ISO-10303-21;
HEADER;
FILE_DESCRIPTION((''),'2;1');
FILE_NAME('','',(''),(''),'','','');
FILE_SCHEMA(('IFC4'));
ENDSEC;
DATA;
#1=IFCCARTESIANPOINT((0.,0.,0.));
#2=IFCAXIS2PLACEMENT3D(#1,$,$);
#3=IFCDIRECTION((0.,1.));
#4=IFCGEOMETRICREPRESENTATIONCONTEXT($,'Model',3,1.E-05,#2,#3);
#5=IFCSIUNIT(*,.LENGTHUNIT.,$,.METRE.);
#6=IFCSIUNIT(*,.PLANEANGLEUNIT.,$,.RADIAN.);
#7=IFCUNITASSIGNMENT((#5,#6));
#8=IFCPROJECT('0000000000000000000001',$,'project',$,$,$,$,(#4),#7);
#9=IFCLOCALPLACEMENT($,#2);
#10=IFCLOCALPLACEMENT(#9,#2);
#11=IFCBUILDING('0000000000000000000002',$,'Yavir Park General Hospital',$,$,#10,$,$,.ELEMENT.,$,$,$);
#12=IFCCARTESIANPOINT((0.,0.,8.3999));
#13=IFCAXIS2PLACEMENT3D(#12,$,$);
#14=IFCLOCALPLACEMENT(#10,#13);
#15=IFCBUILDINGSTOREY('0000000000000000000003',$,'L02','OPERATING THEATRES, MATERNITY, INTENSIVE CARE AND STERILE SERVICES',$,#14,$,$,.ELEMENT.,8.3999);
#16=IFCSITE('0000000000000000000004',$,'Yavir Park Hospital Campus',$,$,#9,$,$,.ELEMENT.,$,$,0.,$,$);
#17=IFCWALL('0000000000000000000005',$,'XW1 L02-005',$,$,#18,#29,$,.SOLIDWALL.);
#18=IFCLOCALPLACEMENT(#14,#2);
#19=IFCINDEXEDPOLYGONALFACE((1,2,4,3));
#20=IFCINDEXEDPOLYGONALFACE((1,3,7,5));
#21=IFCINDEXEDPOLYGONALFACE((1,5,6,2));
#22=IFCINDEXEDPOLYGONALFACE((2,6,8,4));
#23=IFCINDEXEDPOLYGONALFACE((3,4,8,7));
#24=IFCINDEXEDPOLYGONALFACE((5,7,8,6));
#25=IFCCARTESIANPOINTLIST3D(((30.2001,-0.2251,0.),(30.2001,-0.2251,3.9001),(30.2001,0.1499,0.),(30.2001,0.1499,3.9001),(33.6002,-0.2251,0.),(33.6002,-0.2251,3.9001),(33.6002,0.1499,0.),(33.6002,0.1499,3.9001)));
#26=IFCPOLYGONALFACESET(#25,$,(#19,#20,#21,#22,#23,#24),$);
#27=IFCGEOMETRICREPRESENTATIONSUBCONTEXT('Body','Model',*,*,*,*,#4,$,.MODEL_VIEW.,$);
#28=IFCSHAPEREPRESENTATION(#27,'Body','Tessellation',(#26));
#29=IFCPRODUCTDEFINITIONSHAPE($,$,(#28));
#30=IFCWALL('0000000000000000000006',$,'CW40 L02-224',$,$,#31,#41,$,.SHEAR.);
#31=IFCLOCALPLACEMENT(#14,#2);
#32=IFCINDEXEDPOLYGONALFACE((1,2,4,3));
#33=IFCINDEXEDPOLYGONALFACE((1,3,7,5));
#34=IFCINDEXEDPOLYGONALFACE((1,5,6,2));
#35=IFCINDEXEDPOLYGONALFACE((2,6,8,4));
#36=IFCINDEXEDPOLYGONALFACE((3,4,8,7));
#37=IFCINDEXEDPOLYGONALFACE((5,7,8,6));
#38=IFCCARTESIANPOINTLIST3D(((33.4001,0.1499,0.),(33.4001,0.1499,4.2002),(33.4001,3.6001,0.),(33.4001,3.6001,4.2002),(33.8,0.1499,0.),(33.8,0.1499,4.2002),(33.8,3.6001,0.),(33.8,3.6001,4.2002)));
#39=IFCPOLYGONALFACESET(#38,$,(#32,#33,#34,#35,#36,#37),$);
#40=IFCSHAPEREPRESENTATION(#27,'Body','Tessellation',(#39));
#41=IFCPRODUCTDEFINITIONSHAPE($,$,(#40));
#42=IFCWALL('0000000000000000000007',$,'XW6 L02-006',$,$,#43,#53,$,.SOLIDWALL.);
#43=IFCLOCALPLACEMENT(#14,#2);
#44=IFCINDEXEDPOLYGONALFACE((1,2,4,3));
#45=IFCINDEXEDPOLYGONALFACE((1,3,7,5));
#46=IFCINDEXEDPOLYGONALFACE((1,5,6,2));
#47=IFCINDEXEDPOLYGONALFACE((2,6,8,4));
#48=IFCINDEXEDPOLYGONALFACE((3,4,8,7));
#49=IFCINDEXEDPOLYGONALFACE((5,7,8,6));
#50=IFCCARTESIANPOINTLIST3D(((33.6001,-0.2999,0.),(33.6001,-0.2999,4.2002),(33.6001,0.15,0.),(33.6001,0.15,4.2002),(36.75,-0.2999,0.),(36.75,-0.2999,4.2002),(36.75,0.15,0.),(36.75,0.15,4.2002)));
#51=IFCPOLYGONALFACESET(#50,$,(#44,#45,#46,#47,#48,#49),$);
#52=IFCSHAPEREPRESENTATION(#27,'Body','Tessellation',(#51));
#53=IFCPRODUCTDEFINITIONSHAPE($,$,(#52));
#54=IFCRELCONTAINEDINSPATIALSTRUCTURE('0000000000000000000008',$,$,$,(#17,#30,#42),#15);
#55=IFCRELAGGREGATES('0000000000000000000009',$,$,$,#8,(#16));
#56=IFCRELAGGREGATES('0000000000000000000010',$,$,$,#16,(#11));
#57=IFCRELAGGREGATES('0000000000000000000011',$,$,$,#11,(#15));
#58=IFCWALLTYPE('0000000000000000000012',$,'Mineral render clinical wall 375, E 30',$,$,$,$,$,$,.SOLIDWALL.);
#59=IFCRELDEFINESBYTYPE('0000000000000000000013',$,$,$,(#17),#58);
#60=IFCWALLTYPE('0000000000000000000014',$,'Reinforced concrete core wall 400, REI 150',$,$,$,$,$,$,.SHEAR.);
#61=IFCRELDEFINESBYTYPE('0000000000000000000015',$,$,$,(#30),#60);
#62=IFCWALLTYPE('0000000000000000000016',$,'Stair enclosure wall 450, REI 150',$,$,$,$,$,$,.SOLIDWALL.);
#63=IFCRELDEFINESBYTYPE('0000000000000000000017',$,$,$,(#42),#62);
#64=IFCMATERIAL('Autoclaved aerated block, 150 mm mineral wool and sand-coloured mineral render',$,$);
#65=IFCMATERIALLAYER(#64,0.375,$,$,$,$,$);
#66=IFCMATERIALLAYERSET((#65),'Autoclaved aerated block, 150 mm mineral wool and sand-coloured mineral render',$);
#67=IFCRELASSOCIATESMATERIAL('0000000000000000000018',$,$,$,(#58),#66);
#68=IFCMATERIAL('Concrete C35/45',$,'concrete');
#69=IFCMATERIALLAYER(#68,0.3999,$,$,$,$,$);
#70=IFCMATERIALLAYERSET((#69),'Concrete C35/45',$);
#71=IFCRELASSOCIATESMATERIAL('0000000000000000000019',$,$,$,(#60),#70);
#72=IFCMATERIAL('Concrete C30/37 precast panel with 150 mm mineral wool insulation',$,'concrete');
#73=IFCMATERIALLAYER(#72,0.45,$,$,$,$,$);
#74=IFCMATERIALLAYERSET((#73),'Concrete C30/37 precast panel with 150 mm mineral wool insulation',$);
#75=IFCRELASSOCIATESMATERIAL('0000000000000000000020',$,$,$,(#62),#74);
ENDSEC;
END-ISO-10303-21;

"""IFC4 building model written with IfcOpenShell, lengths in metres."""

from ifc_helpers import new_model, si_unit, direction, frame, frame_2d, origin, place, context, subcontext, project, spatial, rectangle, extrude, material, layer, layer_set, type_object, element, save


model = new_model("IFC4")

# Units and contexts
model_context = context("Model", 3, precision=1e-05, world=origin(), true_north=direction((0.0, 1.0)))
body_context = subcontext(model_context, "Body", "Model", "MODEL_VIEW")
ifc_project = project(units=[si_unit("LENGTHUNIT", "METRE"), si_unit("PLANEANGLEUNIT", "RADIAN")], contexts=[model_context])

# Site, building, storey
site_placement = place(None, origin())
site = spatial("IfcSite", under=ifc_project, at=site_placement, Name="Yavir Park Hospital Campus", CompositionType="ELEMENT", RefElevation=0.0)
building_placement = place(site_placement, origin())
building = spatial("IfcBuilding", under=site, at=building_placement, Name="Yavir Park General Hospital", CompositionType="ELEMENT")
storey_placement = place(building_placement, frame((0.0, 0.0, 8.3999)))
storey = spatial("IfcBuildingStorey", under=building, at=storey_placement, Name="L02", Description="OPERATING THEATRES, MATERNITY, INTENSIVE CARE AND STERILE SERVICES", CompositionType="ELEMENT", Elevation=8.3999)

# Walls
ifc_material_1 = material(Name="Autoclaved aerated block, 150 mm mineral wool and sand-coloured mineral render")
ifc_layer_1 = layer(ifc_material_1, 0.375)
ifc_layer_set_1 = layer_set([ifc_layer_1], Name="Autoclaved aerated block, 150 mm mineral wool and sand-coloured mineral render")
wall_type_1 = type_object("IfcWallType", Name="Mineral render clinical wall 375, E 30", PredefinedType="SOLIDWALL", material=ifc_layer_set_1)
wall_1_placement = place(storey_placement, frame((30.2, -0.0376, 0.0), z_axis=(0.0, 0.0, 1.0), x_axis=(1.0, 0.0, 0.0)))
element("IfcWall", 1, at=wall_1_placement, inside=storey, type_object=wall_type_1, Name="XW1 L02-005", PredefinedType="SOLIDWALL", context=body_context, shape_type="SweptSolid", body=[
    extrude(rectangle(XDim=3.4001, YDim=0.375, at=frame_2d((1.7002, 0.0))), origin(), (0.0, 0.0, 1.0), 3.9001),
])
ifc_material_2 = material(Name="Concrete C35/45", Category="concrete")
ifc_layer_2 = layer(ifc_material_2, 0.3999)
ifc_layer_set_2 = layer_set([ifc_layer_2], Name="Concrete C35/45")
wall_type_2 = type_object("IfcWallType", Name="Reinforced concrete core wall 400, REI 150", PredefinedType="SHEAR", material=ifc_layer_set_2)
wall_2_placement = place(storey_placement, frame((33.6001, 0.1499, 0.0), z_axis=(0.0, 0.0, 1.0), x_axis=(0.0, 1.0, 0.0)))
element("IfcWall", 2, at=wall_2_placement, inside=storey, type_object=wall_type_2, Name="CW40 L02-224", PredefinedType="SHEAR", context=body_context, shape_type="SweptSolid", body=[
    extrude(rectangle(XDim=3.4502, YDim=0.3999, at=frame_2d((1.7251, 0.0))), origin(), (0.0, 0.0, 1.0), 4.2002),
])
ifc_material_3 = material(Name="Concrete C30/37 precast panel with 150 mm mineral wool insulation", Category="concrete")
ifc_layer_3 = layer(ifc_material_3, 0.45)
ifc_layer_set_3 = layer_set([ifc_layer_3], Name="Concrete C30/37 precast panel with 150 mm mineral wool insulation")
wall_type_3 = type_object("IfcWallType", Name="Stair enclosure wall 450, REI 150", PredefinedType="SOLIDWALL", material=ifc_layer_set_3)
wall_3_placement = place(storey_placement, frame((33.6001, -0.075, 0.0), z_axis=(0.0, 0.0, 1.0), x_axis=(1.0, 0.0, 0.0)))
element("IfcWall", 3, at=wall_3_placement, inside=storey, type_object=wall_type_3, Name="XW6 L02-006", PredefinedType="SOLIDWALL", context=body_context, shape_type="SweptSolid", body=[
    extrude(rectangle(XDim=3.1499, YDim=0.45, at=frame_2d((1.575, 0.0))), origin(), (0.0, 0.0, 1.0), 4.2002),
])

save(model, "model.ifc")
